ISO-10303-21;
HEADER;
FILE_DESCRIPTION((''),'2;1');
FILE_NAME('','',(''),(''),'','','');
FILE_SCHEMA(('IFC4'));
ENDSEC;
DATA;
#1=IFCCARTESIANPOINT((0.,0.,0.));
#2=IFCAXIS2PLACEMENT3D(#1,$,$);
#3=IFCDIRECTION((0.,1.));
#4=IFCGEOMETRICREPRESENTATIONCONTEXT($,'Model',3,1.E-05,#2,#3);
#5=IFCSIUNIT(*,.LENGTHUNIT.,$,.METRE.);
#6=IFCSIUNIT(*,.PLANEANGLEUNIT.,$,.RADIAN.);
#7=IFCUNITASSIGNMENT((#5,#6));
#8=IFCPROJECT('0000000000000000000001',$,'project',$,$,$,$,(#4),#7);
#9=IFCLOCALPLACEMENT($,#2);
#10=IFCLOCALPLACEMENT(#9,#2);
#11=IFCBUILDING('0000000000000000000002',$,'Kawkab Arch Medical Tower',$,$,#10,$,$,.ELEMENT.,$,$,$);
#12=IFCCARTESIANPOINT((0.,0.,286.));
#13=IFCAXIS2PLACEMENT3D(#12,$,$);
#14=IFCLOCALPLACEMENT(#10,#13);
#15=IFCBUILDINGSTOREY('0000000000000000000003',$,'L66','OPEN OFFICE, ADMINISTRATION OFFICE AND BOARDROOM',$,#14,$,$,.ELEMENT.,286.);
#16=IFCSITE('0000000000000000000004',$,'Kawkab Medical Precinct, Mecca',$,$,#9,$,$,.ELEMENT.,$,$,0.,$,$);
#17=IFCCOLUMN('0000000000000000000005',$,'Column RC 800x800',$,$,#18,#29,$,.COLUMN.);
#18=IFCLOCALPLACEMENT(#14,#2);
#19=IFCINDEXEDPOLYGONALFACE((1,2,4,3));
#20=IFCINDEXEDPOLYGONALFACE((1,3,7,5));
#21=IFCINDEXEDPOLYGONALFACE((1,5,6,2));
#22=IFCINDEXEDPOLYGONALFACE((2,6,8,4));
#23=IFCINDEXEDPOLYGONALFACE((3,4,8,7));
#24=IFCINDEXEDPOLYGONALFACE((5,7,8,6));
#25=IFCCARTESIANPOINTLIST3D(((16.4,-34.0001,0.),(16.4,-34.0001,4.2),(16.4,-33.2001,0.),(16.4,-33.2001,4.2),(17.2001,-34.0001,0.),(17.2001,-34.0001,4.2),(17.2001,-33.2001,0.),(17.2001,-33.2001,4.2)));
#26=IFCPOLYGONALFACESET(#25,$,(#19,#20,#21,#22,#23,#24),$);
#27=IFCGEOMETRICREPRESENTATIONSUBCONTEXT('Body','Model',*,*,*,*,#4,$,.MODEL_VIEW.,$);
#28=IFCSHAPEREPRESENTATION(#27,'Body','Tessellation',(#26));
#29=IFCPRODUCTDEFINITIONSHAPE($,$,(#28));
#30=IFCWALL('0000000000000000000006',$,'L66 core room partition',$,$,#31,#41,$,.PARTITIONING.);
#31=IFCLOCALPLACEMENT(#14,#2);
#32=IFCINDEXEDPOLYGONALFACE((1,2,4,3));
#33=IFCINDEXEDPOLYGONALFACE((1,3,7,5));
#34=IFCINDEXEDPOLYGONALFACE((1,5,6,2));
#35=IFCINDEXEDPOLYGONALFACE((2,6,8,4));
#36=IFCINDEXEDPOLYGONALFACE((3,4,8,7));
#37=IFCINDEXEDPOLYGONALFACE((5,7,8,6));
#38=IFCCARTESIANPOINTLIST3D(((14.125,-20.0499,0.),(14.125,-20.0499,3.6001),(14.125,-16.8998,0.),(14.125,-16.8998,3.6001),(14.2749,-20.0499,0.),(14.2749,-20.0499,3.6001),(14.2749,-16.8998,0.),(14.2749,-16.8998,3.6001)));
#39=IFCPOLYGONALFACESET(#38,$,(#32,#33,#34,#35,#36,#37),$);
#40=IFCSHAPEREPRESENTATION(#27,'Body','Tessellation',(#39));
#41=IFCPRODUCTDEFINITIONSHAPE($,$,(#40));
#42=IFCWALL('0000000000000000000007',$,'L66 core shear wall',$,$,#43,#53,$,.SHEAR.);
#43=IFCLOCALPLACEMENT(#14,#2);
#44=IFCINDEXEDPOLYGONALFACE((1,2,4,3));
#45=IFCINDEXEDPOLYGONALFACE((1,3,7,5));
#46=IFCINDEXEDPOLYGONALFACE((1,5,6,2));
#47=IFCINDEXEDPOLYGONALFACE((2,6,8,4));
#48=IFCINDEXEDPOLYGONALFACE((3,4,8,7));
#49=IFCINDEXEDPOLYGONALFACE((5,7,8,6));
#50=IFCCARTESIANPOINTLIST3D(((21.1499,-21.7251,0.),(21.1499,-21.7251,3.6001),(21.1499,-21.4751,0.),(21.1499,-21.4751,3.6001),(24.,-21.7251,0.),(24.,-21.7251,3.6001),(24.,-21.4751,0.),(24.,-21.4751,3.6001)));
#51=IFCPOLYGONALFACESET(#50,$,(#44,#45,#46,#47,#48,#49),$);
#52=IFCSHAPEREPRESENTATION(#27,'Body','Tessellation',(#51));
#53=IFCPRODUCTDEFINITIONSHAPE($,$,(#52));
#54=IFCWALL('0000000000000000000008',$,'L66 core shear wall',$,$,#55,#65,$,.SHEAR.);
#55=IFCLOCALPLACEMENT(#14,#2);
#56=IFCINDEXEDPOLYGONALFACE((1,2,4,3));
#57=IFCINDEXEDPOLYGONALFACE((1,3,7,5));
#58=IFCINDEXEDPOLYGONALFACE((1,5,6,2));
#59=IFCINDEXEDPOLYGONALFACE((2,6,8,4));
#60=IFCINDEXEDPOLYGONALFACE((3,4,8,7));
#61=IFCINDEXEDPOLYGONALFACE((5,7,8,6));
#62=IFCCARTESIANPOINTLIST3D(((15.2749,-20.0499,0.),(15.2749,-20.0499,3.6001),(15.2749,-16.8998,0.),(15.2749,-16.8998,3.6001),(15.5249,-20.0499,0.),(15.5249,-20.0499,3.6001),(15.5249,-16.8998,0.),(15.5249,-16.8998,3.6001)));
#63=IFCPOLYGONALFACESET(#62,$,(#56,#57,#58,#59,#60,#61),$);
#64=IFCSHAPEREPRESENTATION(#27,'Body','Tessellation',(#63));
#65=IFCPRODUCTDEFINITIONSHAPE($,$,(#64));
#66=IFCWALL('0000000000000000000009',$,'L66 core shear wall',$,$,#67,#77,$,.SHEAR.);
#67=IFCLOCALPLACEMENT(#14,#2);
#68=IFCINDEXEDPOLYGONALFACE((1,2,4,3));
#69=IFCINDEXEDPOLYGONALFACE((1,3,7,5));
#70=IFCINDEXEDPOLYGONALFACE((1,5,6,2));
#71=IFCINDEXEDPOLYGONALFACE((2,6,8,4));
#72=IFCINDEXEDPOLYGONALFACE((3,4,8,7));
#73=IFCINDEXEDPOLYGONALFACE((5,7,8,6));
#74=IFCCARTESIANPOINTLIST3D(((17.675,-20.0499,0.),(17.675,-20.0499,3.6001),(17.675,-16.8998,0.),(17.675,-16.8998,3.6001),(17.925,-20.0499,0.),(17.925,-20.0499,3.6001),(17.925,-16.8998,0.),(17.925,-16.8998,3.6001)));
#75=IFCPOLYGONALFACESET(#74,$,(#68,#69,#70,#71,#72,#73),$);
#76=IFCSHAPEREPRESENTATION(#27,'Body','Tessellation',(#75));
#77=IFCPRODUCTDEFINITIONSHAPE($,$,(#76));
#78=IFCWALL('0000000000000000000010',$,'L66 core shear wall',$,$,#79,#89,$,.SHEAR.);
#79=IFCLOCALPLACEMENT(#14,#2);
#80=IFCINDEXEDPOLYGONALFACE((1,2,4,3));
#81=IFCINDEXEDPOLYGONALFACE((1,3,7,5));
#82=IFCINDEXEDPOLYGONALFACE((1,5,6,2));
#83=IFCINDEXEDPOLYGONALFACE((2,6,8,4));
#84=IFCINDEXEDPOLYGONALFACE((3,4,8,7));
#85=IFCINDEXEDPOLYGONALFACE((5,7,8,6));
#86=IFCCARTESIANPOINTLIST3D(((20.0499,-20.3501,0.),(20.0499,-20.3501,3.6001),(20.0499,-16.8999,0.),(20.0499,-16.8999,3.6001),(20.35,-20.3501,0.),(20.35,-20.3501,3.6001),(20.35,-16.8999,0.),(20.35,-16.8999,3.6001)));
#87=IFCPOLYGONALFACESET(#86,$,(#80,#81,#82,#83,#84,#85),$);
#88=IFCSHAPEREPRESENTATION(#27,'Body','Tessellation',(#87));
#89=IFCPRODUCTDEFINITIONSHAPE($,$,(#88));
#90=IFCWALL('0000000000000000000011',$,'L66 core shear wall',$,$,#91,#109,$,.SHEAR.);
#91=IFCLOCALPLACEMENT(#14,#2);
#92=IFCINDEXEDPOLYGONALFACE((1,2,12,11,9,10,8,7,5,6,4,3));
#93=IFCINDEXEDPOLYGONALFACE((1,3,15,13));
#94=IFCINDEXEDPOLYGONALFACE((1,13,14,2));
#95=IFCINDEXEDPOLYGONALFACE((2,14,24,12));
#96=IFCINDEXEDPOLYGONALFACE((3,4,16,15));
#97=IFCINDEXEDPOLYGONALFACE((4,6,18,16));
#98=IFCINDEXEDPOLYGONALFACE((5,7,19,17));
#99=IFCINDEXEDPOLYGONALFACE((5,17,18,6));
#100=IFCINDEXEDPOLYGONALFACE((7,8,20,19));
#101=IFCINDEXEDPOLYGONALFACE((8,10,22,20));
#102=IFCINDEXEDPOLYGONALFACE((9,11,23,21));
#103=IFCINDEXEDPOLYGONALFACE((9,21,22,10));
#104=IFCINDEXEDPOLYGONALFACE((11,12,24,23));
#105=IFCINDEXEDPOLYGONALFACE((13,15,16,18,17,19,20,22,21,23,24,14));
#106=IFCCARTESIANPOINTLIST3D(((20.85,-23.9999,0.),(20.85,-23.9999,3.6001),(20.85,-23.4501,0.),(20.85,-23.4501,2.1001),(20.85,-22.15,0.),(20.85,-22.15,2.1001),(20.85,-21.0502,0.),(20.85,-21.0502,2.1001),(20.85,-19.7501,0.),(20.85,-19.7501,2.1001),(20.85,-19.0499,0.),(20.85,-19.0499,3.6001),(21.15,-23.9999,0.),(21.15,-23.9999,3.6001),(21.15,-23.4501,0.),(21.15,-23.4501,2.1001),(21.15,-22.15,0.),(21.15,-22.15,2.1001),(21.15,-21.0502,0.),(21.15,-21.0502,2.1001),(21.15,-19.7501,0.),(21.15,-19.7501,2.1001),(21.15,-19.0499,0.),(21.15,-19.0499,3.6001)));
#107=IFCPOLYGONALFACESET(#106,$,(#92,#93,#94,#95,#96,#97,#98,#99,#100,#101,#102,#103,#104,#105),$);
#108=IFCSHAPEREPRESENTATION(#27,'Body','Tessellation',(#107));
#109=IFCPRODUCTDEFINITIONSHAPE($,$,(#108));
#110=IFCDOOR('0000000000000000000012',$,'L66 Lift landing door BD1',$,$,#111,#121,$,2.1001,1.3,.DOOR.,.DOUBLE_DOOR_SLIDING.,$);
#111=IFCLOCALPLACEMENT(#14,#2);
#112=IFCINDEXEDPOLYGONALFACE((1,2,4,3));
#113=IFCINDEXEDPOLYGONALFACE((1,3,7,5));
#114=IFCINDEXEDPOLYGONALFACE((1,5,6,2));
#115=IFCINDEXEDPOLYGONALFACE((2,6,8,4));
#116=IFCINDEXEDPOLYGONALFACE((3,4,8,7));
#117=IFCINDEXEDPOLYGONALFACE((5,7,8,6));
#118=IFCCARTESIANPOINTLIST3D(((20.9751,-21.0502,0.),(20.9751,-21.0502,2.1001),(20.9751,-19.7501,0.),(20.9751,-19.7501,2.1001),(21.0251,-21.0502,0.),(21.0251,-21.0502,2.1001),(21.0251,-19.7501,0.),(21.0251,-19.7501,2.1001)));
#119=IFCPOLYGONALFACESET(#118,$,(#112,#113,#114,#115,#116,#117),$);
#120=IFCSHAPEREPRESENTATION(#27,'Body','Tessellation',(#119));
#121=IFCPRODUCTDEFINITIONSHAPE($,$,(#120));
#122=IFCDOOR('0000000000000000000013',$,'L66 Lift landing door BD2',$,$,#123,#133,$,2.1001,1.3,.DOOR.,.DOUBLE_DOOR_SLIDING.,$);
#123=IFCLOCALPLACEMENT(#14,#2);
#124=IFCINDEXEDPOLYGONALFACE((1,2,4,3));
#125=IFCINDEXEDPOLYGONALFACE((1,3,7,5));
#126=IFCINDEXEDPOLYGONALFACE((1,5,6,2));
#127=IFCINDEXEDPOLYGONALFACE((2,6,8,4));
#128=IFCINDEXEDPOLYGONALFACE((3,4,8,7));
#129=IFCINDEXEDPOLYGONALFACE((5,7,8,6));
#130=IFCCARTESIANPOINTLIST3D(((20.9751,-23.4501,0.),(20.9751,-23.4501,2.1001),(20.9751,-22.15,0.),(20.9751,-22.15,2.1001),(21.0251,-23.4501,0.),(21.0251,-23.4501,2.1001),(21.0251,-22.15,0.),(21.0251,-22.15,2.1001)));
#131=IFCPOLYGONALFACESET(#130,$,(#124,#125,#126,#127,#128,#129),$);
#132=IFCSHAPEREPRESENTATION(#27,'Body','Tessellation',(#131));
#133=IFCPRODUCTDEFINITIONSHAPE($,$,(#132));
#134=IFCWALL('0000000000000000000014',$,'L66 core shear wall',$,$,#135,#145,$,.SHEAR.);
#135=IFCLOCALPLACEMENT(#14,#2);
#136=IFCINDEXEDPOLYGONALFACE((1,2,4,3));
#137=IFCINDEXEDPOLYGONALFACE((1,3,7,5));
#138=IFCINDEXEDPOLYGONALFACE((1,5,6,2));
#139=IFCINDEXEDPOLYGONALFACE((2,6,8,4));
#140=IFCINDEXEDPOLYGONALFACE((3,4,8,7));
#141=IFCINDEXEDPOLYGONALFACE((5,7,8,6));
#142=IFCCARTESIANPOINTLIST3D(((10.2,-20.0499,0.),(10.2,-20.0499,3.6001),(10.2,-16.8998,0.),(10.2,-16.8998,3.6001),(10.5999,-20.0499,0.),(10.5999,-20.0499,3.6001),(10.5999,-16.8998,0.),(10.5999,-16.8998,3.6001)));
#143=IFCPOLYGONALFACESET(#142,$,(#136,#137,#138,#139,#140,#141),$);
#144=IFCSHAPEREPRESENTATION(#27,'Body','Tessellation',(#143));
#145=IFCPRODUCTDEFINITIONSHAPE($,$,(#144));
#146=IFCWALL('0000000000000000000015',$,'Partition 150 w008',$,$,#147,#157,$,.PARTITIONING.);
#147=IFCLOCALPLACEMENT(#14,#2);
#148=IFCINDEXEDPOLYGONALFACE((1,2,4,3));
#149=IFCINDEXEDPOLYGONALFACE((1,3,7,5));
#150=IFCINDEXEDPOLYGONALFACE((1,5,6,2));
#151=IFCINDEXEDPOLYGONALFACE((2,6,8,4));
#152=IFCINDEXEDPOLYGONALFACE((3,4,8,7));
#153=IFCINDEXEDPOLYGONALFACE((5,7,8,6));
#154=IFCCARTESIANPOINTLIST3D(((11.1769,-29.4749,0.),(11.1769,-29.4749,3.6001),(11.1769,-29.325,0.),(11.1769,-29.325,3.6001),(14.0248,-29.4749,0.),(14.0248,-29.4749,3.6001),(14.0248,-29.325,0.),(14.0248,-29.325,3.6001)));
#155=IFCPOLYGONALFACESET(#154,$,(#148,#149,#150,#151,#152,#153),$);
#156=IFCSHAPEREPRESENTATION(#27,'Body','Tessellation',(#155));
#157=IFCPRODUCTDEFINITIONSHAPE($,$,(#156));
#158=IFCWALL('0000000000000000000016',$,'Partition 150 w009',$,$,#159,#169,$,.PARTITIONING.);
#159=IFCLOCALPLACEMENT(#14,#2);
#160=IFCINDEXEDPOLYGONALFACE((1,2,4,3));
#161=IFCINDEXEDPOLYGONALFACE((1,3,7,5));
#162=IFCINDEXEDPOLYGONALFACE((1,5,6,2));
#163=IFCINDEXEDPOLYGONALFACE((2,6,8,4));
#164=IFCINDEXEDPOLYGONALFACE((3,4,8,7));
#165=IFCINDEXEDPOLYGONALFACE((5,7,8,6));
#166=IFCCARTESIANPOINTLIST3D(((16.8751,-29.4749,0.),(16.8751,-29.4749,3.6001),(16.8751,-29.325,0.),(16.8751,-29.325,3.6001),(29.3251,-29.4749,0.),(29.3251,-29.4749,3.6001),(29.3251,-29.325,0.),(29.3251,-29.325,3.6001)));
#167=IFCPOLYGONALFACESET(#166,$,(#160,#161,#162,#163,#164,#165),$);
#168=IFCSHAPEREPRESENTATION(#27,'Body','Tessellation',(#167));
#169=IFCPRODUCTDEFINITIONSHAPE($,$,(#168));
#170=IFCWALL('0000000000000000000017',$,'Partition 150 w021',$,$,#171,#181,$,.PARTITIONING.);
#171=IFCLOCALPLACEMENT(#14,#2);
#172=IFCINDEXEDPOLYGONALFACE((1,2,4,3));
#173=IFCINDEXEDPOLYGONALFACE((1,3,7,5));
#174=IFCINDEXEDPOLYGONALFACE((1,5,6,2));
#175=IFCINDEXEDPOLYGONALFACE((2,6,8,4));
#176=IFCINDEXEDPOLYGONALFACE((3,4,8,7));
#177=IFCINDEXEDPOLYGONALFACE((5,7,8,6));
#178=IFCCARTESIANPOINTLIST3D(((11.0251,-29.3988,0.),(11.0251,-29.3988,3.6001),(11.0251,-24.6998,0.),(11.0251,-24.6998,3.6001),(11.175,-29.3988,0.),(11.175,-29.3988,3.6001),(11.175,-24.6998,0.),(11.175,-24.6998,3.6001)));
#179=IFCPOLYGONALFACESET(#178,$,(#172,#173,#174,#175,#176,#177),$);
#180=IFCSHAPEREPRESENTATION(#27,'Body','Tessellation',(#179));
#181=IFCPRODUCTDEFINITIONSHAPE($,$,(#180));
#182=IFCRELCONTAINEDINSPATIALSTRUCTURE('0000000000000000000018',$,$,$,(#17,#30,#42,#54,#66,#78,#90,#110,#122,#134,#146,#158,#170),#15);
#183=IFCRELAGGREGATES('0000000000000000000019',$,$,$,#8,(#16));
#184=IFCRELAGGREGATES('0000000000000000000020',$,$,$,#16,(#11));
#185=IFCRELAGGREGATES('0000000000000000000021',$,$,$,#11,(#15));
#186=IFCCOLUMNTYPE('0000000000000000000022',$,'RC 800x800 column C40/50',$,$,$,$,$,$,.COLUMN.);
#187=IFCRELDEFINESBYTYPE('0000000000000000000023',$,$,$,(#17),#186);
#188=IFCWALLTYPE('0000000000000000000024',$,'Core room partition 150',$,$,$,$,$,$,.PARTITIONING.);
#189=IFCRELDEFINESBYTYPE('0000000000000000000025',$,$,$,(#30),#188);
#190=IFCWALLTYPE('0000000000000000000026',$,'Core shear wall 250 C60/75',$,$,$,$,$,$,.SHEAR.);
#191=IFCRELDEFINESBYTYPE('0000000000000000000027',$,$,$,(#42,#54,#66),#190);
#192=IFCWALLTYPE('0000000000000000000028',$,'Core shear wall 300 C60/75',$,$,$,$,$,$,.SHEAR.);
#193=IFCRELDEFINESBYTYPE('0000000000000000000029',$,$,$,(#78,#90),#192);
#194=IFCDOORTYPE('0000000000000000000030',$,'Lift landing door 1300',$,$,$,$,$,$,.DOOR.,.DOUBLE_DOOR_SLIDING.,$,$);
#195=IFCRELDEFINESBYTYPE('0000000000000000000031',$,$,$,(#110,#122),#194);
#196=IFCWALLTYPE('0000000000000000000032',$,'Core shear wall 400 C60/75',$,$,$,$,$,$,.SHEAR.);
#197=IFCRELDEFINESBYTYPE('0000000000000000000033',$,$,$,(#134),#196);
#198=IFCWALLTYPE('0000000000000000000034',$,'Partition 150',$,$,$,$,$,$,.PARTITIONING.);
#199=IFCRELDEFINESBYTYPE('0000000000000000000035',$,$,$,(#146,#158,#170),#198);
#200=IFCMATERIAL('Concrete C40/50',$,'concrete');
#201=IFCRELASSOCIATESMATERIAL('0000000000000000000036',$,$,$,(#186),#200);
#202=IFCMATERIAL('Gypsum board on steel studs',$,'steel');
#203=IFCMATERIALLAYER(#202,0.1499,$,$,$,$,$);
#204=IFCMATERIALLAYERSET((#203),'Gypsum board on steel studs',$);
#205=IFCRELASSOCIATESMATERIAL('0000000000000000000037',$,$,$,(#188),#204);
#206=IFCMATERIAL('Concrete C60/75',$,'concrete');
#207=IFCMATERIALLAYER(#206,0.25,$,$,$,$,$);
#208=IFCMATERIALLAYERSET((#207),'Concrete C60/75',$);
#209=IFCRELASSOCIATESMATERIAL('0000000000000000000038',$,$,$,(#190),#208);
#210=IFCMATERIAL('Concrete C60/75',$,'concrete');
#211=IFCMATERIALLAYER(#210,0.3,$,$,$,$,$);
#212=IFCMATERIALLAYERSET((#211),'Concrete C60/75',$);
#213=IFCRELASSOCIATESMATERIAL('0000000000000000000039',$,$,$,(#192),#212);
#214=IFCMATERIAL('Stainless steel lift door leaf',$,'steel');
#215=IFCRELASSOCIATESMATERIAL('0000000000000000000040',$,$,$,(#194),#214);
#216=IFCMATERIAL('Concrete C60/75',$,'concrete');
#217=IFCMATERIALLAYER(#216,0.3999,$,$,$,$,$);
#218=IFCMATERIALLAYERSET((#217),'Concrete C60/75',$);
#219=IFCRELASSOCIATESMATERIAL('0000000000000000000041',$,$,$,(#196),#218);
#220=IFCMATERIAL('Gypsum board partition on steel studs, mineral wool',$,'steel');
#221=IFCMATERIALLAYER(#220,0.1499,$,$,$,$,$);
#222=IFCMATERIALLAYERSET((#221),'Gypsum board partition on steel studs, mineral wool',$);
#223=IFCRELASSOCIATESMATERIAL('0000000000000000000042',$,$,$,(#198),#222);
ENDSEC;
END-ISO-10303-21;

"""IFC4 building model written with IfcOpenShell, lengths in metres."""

from ifc_helpers import new_model, si_unit, direction, frame, frame_2d, origin, origin_2d, place, context, subcontext, project, spatial, rectangle, extrude, material, layer, layer_set, material_profile, profile_set, type_object, element, fill, save


model = new_model("IFC4")

# Units and contexts
model_context = context("Model", 3, precision=1e-05, world=origin(), true_north=direction((0.0, 1.0)))
body_context = subcontext(model_context, "Body", "Model", "MODEL_VIEW")
ifc_project = project(units=[si_unit("LENGTHUNIT", "METRE"), si_unit("PLANEANGLEUNIT", "RADIAN")], contexts=[model_context])

# Site, building, storey
site_placement = place(None, origin())
site = spatial("IfcSite", under=ifc_project, at=site_placement, Name="Kawkab Medical Precinct, Mecca", CompositionType="ELEMENT", RefElevation=0.0)
building_placement = place(site_placement, origin())
building = spatial("IfcBuilding", under=site, at=building_placement, Name="Kawkab Arch Medical Tower", CompositionType="ELEMENT")
storey_placement = place(building_placement, frame((0.0, 0.0, 286.0)))
storey = spatial("IfcBuildingStorey", under=building, at=storey_placement, Name="L66", Description="OPEN OFFICE, ADMINISTRATION OFFICE AND BOARDROOM", CompositionType="ELEMENT", Elevation=286.0)

# Column
ifc_material_1 = material(Name="Concrete C40/50", Category="concrete")
ifc_material_profile = material_profile(ifc_material_1, rectangle(XDim=0.8, YDim=0.8, at=origin_2d()), Name="RC 800x800")
ifc_profile_set = profile_set([ifc_material_profile], Name="Concrete C40/50")
column_type = type_object("IfcColumnType", Name="RC 800x800 column C40/50", PredefinedType="COLUMN", material=ifc_profile_set)
column_placement = place(storey_placement, frame((16.8, -33.6001, 0.0), z_axis=(0.0, 0.0, 1.0), x_axis=(1.0, 0.0, 0.0)))
element("IfcColumn", 1, at=column_placement, inside=storey, type_object=column_type, Name="Column RC 800x800", PredefinedType="COLUMN", context=body_context, shape_type="SweptSolid", body=[
    extrude(rectangle(XDim=0.8, YDim=0.8, at=origin_2d()), origin(), (0.0, 0.0, 1.0), 4.2),
])

# Walls
ifc_material_2 = material(Name="Gypsum board on steel studs", Category="steel")
ifc_layer_1 = layer(ifc_material_2, 0.1499)
ifc_layer_set_1 = layer_set([ifc_layer_1], Name="Gypsum board on steel studs")
wall_type_1 = type_object("IfcWallType", Name="Core room partition 150", PredefinedType="PARTITIONING", material=ifc_layer_set_1)
wall_1_placement = place(storey_placement, frame((14.2, -20.05, 0.0), z_axis=(0.0, 0.0, 1.0), x_axis=(0.0, 1.0, 0.0)))
element("IfcWall", 2, at=wall_1_placement, inside=storey, type_object=wall_type_1, Name="L66 core room partition", PredefinedType="PARTITIONING", context=body_context, shape_type="SweptSolid", body=[
    extrude(rectangle(XDim=3.1501, YDim=0.1499, at=frame_2d((1.5752, 0.0))), origin(), (0.0, 0.0, 1.0), 3.6001),
])
ifc_material_3 = material(Name="Concrete C60/75", Category="concrete")
ifc_layer_2 = layer(ifc_material_3, 0.25)
ifc_layer_set_2 = layer_set([ifc_layer_2], Name="Concrete C60/75")
wall_type_2 = type_object("IfcWallType", Name="Core shear wall 250 C60/75", PredefinedType="SHEAR", material=ifc_layer_set_2)
wall_2_placement = place(storey_placement, frame((21.1499, -21.6001, 0.0), z_axis=(0.0, 0.0, 1.0), x_axis=(1.0, 0.0, 0.0)))
element("IfcWall", 3, at=wall_2_placement, inside=storey, type_object=wall_type_2, Name="L66 core shear wall", PredefinedType="SHEAR", context=body_context, shape_type="SweptSolid", body=[
    extrude(rectangle(XDim=2.8501, YDim=0.25, at=frame_2d((1.425, 0.0))), origin(), (0.0, 0.0, 1.0), 3.6001),
])
for number, where, z_axis, x_axis, name in (
    (4, (15.3999, -20.05, 0.0), (0.0, 0.0, 1.0), (0.0, 1.0, 0.0), "L66 core shear wall"),
    (5, (17.8, -20.05, 0.0), (0.0, 0.0, 1.0), (0.0, 1.0, 0.0), "L66 core shear wall"),
):
    element("IfcWall", number, at=place(storey_placement, frame(where, z_axis=z_axis, x_axis=x_axis)), inside=storey, type_object=wall_type_2, Name=name, PredefinedType="SHEAR", context=body_context, shape_type="SweptSolid", body=[
        extrude(rectangle(XDim=3.1501, YDim=0.25, at=frame_2d((1.5752, 0.0))), origin(), (0.0, 0.0, 1.0), 3.6001),
    ])
ifc_material_4 = material(Name="Concrete C60/75", Category="concrete")
ifc_layer_3 = layer(ifc_material_4, 0.3)
ifc_layer_set_3 = layer_set([ifc_layer_3], Name="Concrete C60/75")
wall_type_3 = type_object("IfcWallType", Name="Core shear wall 300 C60/75", PredefinedType="SHEAR", material=ifc_layer_set_3)
wall_3_placement = place(storey_placement, frame((20.2, -20.3501, 0.0), z_axis=(0.0, 0.0, 1.0), x_axis=(0.0, 1.0, 0.0)))
element("IfcWall", 6, at=wall_3_placement, inside=storey, type_object=wall_type_3, Name="L66 core shear wall", PredefinedType="SHEAR", context=body_context, shape_type="SweptSolid", body=[
    extrude(rectangle(XDim=3.4502, YDim=0.3, at=frame_2d((1.7251, 0.0))), origin(), (0.0, 0.0, 1.0), 3.6001),
])

# Wall, openings, doors
wall_4_placement = place(storey_placement, frame((21.0, -24.0, 0.0), z_axis=(0.0, 0.0, 1.0), x_axis=(0.0, 1.0, 0.0)))
wall_4 = element("IfcWall", 7, at=wall_4_placement, inside=storey, type_object=wall_type_3, Name="L66 core shear wall", PredefinedType="SHEAR", context=body_context, shape_type="SweptSolid", body=[
    extrude(rectangle(XDim=4.95, YDim=0.3, at=frame_2d((2.4751, 0.0))), origin(), (0.0, 0.0, 1.0), 3.6001),
])
opening_1_placement = place(wall_4_placement, frame((2.95, 0.0, 0.0)))
opening_1 = element("IfcOpeningElement", 8, at=opening_1_placement, cuts=wall_4, PredefinedType="OPENING", context=body_context, shape_type="SweptSolid", body=[
    extrude(rectangle(XDim=1.3, YDim=2.1001, at=frame_2d((0.6499, 1.05))), frame((0.0, 0.1599, 0.0), z_axis=(0.0, -1.0, 0.0), x_axis=(1.0, 0.0, 0.0)), (0.0, 0.0, 1.0), 0.3201),
])
opening_2_placement = place(wall_4_placement, frame((0.55, 0.0, 0.0)))
opening_2 = element("IfcOpeningElement", 9, at=opening_2_placement, cuts=wall_4, PredefinedType="OPENING", context=body_context, shape_type="SweptSolid", body=[
    extrude(rectangle(XDim=1.3, YDim=2.1001, at=frame_2d((0.6499, 1.05))), frame((0.0, 0.1599, 0.0), z_axis=(0.0, -1.0, 0.0), x_axis=(1.0, 0.0, 0.0)), (0.0, 0.0, 1.0), 0.3201),
])
ifc_material_5 = material(Name="Stainless steel lift door leaf", Category="steel")
door_type = type_object("IfcDoorType", Name="Lift landing door 1300", OperationType="DOUBLE_DOOR_SLIDING", PredefinedType="DOOR", material=ifc_material_5)
door_1_placement = place(opening_1_placement, origin())
door_1 = element("IfcDoor", 10, at=door_1_placement, inside=storey, type_object=door_type, Name="L66 Lift landing door BD1", OperationType="DOUBLE_DOOR_SLIDING", OverallHeight=2.1001, OverallWidth=1.3, PredefinedType="DOOR", context=body_context, shape_type="SweptSolid", body=[
    extrude(rectangle(XDim=1.3, YDim=2.1001, at=frame_2d((0.6499, 1.05))), frame((0.0, 0.0249, 0.0), z_axis=(0.0, -1.0, 0.0), x_axis=(1.0, 0.0, 0.0)), (0.0, 0.0, 1.0), 0.05),
])
fill(opening_1, door_1)
door_2_placement = place(opening_2_placement, origin())
door_2 = element("IfcDoor", 11, at=door_2_placement, inside=storey, type_object=door_type, Name="L66 Lift landing door BD2", OperationType="DOUBLE_DOOR_SLIDING", OverallHeight=2.1001, OverallWidth=1.3, PredefinedType="DOOR", context=body_context, shape_type="SweptSolid", body=[
    extrude(rectangle(XDim=1.3, YDim=2.1001, at=frame_2d((0.6499, 1.05))), frame((0.0, 0.0249, 0.0), z_axis=(0.0, -1.0, 0.0), x_axis=(1.0, 0.0, 0.0)), (0.0, 0.0, 1.0), 0.05),
])
fill(opening_2, door_2)

# Walls
ifc_material_6 = material(Name="Concrete C60/75", Category="concrete")
ifc_layer_4 = layer(ifc_material_6, 0.3999)
ifc_layer_set_4 = layer_set([ifc_layer_4], Name="Concrete C60/75")
wall_type_4 = type_object("IfcWallType", Name="Core shear wall 400 C60/75", PredefinedType="SHEAR", material=ifc_layer_set_4)
wall_5_placement = place(storey_placement, frame((10.3999, -20.05, 0.0), z_axis=(0.0, 0.0, 1.0), x_axis=(0.0, 1.0, 0.0)))
element("IfcWall", 12, at=wall_5_placement, inside=storey, type_object=wall_type_4, Name="L66 core shear wall", PredefinedType="SHEAR", context=body_context, shape_type="SweptSolid", body=[
    extrude(rectangle(XDim=3.1501, YDim=0.3999, at=frame_2d((1.5752, 0.0))), origin(), (0.0, 0.0, 1.0), 3.6001),
])
ifc_material_7 = material(Name="Gypsum board partition on steel studs, mineral wool", Category="steel")
ifc_layer_5 = layer(ifc_material_7, 0.1499)
ifc_layer_set_5 = layer_set([ifc_layer_5], Name="Gypsum board partition on steel studs, mineral wool")
wall_type_5 = type_object("IfcWallType", Name="Partition 150", PredefinedType="PARTITIONING", material=ifc_layer_set_5)
wall_6_placement = place(storey_placement, frame((11.177, -29.3999, 0.0), z_axis=(0.0, 0.0, 1.0), x_axis=(1.0, 0.0, 0.0)))
element("IfcWall", 13, at=wall_6_placement, inside=storey, type_object=wall_type_5, Name="Partition 150 w008", PredefinedType="PARTITIONING", context=body_context, shape_type="SweptSolid", body=[
    extrude(rectangle(XDim=2.8479, YDim=0.1499, at=frame_2d((1.4238, 0.0))), origin(), (0.0, 0.0, 1.0), 3.6001),
])
wall_7_placement = place(storey_placement, frame((16.875, -29.3999, 0.0), z_axis=(0.0, 0.0, 1.0), x_axis=(1.0, 0.0, 0.0)))
element("IfcWall", 14, at=wall_7_placement, inside=storey, type_object=wall_type_5, Name="Partition 150 w009", PredefinedType="PARTITIONING", context=body_context, shape_type="SweptSolid", body=[
    extrude(rectangle(XDim=12.45, YDim=0.1499, at=frame_2d((6.2251, 0.0))), origin(), (0.0, 0.0, 1.0), 3.6001),
])
wall_8_placement = place(storey_placement, frame((11.1001, -29.3989, 0.0), z_axis=(0.0, 0.0, 1.0), x_axis=(0.0, 1.0, 0.0)))
element("IfcWall", 15, at=wall_8_placement, inside=storey, type_object=wall_type_5, Name="Partition 150 w021", PredefinedType="PARTITIONING", context=body_context, shape_type="SweptSolid", body=[
    extrude(rectangle(XDim=4.699, YDim=0.1499, at=frame_2d((2.3496, 0.0))), origin(), (0.0, 0.0, 1.0), 3.6001),
])

save(model, "model.ifc")
